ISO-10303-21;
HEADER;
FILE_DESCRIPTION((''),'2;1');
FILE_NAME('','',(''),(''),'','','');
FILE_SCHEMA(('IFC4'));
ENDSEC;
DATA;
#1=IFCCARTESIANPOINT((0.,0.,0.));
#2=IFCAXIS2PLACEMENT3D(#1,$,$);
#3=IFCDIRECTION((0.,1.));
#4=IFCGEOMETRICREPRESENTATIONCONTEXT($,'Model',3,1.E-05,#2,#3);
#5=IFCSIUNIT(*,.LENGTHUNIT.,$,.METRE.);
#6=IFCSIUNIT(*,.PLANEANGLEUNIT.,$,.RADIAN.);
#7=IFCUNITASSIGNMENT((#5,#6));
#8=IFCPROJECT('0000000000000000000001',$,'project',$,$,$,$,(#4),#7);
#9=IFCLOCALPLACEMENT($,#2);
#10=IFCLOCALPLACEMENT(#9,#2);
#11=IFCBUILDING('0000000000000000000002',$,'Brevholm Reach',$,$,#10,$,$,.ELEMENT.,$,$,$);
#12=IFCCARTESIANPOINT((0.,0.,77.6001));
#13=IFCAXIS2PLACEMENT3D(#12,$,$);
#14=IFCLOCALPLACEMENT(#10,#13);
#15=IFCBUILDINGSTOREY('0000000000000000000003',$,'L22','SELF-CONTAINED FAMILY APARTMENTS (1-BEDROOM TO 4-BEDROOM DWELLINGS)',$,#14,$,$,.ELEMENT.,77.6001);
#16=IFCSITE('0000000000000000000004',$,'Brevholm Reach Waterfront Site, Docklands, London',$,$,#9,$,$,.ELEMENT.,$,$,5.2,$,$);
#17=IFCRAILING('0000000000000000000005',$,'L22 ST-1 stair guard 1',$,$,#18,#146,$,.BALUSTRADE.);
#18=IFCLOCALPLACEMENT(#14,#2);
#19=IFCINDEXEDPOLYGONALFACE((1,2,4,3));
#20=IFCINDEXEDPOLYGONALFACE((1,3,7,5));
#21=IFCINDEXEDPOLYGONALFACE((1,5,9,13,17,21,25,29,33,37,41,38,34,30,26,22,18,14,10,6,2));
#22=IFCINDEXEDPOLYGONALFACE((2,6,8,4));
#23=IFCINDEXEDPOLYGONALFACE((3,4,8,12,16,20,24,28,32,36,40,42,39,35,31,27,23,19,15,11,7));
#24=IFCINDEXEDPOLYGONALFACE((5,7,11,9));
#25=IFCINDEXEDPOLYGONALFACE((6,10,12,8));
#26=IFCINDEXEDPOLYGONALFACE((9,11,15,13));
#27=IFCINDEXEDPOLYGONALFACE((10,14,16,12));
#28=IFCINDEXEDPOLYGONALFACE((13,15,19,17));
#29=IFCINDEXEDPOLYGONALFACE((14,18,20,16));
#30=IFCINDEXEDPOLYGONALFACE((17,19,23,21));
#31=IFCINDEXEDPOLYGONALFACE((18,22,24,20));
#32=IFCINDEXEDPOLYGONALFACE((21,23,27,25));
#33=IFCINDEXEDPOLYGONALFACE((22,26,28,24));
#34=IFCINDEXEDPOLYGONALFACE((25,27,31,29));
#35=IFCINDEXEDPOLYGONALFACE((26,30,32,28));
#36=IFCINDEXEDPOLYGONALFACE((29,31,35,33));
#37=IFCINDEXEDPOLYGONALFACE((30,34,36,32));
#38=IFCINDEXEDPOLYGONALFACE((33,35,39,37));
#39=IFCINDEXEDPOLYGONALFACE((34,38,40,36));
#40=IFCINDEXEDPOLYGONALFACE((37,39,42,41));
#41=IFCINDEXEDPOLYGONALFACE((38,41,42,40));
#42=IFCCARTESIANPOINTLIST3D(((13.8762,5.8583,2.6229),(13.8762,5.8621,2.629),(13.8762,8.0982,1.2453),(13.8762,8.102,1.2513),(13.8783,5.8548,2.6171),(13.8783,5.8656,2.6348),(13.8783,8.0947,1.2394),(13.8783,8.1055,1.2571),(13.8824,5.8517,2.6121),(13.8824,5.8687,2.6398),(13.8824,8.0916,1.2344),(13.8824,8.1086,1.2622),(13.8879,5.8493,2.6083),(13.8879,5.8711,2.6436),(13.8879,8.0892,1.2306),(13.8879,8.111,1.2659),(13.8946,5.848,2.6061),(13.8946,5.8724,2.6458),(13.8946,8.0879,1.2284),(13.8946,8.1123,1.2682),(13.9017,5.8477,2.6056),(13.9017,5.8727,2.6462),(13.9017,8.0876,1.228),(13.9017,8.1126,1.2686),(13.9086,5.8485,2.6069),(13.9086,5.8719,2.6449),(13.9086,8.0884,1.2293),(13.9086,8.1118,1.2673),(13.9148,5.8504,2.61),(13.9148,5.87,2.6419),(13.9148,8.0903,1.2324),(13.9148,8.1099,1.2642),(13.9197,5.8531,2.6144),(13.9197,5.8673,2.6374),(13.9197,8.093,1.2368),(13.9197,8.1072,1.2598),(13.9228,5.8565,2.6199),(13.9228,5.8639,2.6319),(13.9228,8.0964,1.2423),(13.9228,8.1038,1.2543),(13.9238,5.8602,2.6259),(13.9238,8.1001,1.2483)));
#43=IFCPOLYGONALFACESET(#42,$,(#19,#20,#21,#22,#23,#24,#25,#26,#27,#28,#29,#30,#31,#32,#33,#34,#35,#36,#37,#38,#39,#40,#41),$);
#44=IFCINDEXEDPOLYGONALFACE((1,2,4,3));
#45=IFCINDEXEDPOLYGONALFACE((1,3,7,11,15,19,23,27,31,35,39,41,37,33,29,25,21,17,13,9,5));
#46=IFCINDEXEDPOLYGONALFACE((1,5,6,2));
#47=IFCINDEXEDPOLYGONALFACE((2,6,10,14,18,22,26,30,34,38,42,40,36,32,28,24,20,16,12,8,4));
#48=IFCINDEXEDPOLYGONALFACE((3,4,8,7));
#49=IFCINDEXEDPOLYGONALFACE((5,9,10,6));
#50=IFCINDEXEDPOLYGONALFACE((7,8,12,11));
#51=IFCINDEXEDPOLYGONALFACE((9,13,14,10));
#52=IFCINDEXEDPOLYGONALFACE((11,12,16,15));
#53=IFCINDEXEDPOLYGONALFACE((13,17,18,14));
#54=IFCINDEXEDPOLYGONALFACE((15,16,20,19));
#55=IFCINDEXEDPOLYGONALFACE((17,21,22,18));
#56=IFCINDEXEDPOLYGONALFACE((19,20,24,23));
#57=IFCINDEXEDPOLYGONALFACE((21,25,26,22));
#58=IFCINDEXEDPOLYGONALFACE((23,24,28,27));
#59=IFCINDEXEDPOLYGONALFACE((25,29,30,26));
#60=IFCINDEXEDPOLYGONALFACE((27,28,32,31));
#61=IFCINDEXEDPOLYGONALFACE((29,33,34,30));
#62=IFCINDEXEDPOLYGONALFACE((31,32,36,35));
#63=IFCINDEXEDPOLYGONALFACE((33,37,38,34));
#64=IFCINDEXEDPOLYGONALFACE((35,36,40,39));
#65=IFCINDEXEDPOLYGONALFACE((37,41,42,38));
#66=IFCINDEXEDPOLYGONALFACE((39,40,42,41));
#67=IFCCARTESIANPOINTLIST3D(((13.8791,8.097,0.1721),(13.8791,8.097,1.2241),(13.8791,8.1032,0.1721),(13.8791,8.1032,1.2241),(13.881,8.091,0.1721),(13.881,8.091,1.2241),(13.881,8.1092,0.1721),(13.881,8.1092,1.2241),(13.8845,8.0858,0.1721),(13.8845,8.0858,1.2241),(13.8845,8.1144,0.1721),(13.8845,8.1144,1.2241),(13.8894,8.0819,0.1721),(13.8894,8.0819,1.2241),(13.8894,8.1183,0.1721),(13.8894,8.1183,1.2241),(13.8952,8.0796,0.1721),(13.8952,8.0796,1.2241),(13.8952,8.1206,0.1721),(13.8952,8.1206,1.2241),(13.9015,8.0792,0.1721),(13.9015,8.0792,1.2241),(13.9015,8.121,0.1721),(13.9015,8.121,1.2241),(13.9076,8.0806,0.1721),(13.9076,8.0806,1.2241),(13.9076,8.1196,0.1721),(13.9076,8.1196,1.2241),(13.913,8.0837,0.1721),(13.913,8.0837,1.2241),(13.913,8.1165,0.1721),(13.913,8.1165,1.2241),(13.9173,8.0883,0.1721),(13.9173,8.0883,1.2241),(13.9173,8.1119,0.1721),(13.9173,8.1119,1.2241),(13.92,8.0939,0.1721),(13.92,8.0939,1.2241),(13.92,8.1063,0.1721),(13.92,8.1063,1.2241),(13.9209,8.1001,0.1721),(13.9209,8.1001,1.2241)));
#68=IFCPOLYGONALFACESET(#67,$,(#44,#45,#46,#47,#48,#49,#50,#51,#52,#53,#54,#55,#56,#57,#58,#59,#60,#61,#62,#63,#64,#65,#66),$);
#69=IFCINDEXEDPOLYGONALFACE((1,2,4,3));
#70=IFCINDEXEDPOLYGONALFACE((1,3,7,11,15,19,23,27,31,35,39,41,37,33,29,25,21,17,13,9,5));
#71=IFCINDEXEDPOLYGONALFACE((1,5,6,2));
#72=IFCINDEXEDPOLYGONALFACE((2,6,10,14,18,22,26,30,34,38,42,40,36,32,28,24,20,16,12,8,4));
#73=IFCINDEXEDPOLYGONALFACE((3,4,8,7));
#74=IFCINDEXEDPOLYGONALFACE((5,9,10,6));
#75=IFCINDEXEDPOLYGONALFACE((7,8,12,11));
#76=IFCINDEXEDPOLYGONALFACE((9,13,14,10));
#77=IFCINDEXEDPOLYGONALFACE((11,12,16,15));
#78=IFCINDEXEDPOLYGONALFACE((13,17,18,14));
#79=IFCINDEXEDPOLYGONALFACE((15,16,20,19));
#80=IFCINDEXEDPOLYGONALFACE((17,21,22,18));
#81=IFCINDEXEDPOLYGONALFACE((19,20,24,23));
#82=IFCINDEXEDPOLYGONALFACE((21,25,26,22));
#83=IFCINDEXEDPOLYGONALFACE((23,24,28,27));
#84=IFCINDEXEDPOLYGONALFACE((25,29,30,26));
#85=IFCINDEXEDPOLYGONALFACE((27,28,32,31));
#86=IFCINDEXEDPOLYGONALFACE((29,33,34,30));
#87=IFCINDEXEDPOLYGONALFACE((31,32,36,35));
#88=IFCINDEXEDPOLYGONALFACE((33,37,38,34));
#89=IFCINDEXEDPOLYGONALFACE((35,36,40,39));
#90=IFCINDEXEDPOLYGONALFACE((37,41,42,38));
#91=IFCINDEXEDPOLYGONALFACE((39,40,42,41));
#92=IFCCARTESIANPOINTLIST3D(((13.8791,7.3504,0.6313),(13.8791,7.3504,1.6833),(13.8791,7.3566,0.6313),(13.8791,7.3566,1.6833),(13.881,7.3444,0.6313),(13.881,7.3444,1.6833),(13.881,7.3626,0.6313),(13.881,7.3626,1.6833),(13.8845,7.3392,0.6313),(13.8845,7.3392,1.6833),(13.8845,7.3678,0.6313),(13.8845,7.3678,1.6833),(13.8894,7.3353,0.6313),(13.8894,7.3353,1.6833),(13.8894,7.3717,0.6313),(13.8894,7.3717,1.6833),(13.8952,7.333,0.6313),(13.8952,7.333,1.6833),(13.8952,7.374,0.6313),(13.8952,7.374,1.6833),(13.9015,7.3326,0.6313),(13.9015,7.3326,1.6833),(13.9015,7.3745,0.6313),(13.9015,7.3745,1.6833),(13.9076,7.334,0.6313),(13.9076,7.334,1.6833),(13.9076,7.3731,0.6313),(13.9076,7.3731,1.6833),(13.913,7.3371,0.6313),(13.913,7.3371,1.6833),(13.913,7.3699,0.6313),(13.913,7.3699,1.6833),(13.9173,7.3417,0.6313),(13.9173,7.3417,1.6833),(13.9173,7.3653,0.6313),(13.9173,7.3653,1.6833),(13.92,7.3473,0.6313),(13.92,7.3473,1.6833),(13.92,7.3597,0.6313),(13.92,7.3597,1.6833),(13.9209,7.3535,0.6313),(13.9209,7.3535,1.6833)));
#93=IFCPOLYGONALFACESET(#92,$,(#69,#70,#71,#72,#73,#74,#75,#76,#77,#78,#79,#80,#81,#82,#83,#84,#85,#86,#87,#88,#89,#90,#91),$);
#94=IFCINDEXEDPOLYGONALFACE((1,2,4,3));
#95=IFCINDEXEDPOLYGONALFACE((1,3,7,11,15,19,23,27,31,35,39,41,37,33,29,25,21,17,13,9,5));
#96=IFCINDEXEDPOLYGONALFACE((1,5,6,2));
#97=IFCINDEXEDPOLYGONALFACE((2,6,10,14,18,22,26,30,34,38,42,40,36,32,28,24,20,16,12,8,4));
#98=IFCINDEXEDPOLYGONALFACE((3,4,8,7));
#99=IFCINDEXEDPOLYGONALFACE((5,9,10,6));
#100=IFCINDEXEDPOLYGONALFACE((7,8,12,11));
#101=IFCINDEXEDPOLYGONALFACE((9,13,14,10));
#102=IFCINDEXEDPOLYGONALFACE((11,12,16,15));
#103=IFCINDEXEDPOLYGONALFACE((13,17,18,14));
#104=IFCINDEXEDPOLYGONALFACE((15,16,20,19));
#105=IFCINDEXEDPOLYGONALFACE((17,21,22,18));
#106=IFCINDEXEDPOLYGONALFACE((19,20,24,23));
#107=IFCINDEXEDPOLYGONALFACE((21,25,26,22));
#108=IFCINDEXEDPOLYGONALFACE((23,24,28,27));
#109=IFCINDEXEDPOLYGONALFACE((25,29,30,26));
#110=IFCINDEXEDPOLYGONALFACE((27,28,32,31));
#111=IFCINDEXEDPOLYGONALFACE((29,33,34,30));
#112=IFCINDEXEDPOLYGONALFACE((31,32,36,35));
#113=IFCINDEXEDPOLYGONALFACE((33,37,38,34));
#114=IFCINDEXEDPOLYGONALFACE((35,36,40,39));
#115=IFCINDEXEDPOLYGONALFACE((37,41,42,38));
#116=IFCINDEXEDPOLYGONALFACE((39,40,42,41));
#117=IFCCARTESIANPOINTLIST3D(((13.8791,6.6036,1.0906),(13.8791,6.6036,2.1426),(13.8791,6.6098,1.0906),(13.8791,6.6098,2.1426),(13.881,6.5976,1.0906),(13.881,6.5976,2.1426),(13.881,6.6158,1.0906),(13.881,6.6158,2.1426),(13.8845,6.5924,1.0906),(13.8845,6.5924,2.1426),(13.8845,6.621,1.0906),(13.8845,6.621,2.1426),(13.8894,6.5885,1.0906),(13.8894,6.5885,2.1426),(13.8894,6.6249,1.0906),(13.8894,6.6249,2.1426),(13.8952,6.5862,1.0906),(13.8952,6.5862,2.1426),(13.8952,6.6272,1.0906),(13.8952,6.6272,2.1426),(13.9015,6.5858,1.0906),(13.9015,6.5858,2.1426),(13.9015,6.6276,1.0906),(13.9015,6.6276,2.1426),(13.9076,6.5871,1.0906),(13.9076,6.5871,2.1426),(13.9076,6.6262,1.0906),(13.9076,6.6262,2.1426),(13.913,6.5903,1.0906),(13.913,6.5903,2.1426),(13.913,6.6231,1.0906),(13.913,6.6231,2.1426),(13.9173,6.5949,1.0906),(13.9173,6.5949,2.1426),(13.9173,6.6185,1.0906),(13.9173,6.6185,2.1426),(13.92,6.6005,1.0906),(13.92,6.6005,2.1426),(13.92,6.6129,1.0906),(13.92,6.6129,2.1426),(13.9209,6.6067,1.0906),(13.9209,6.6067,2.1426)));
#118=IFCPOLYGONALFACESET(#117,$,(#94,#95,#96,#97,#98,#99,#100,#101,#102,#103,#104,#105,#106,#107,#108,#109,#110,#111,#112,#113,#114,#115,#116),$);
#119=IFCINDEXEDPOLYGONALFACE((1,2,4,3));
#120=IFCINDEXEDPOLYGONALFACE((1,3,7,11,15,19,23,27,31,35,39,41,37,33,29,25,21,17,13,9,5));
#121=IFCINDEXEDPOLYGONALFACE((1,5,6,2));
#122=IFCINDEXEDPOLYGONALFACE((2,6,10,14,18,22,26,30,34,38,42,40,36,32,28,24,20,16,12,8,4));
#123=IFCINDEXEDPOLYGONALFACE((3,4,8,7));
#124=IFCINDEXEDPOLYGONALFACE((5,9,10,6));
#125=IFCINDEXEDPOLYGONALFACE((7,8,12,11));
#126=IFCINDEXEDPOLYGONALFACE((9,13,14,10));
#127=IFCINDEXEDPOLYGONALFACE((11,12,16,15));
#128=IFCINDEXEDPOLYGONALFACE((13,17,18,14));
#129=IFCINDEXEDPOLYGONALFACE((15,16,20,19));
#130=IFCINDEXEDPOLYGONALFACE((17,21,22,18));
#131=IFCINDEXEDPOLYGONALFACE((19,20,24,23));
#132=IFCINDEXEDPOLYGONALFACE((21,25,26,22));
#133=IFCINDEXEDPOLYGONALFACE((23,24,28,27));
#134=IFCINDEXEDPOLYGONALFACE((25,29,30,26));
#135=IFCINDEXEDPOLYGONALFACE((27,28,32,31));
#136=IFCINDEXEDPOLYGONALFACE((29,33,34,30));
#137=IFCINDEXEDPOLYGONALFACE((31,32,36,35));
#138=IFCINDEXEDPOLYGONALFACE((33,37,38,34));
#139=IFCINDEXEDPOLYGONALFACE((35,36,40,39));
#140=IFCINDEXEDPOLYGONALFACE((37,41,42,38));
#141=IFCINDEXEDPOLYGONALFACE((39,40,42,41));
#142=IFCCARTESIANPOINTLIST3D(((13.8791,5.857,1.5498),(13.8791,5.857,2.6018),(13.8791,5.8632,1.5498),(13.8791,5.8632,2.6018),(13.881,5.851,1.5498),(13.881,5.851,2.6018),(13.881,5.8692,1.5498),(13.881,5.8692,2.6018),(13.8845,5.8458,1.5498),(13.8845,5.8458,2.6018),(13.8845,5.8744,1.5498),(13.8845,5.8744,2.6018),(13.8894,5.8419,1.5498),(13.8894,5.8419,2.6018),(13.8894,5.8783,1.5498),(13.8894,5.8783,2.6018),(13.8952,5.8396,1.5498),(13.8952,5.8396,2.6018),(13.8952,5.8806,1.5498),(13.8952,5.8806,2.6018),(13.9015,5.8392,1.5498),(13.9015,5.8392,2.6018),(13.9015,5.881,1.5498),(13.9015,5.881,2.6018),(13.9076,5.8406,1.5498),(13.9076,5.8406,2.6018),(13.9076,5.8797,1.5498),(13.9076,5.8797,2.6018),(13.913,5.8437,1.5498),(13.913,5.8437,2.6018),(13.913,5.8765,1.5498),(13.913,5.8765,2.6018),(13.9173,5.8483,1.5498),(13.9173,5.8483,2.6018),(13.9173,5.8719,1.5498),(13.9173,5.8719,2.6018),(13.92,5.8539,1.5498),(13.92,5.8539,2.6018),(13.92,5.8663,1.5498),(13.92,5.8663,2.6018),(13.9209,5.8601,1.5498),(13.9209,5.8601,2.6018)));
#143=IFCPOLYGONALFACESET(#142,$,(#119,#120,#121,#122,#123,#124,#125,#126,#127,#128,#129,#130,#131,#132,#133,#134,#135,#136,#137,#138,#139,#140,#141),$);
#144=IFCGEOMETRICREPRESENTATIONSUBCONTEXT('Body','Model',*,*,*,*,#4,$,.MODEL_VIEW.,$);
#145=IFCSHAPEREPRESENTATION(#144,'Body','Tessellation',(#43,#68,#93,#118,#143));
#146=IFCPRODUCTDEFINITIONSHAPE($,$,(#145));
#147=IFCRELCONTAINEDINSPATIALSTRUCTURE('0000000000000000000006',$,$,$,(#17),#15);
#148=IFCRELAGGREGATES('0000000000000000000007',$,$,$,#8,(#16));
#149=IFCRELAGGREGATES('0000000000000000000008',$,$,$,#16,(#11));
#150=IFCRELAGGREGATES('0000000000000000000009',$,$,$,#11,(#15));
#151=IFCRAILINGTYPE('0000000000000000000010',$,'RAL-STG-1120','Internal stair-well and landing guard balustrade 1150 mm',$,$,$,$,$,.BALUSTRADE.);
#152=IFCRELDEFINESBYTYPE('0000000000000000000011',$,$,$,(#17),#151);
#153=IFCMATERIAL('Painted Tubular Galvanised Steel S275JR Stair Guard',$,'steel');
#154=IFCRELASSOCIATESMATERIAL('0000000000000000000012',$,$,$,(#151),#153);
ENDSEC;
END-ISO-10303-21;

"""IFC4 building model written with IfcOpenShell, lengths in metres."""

from ifc_helpers import new_model, si_unit, direction, frame, origin, origin_2d, place, context, subcontext, project, spatial, circle, extrude, material, type_object, element, save


model = new_model("IFC4")

# Units and contexts
model_context = context("Model", 3, precision=1e-05, world=origin(), true_north=direction((0.0, 1.0)))
body_context = subcontext(model_context, "Body", "Model", "MODEL_VIEW")
ifc_project = project(units=[si_unit("LENGTHUNIT", "METRE"), si_unit("PLANEANGLEUNIT", "RADIAN")], contexts=[model_context])

# Site, building, storey
site_placement = place(None, origin())
site = spatial("IfcSite", under=ifc_project, at=site_placement, Name="Brevholm Reach Waterfront Site, Docklands, London", CompositionType="ELEMENT", RefElevation=5.2)
building_placement = place(site_placement, origin())
building = spatial("IfcBuilding", under=site, at=building_placement, Name="Brevholm Reach", CompositionType="ELEMENT")
storey_placement = place(building_placement, frame((0.0, 0.0, 77.6001)))
storey = spatial("IfcBuildingStorey", under=building, at=storey_placement, Name="L22", Description="SELF-CONTAINED FAMILY APARTMENTS (1-BEDROOM TO 4-BEDROOM DWELLINGS)", CompositionType="ELEMENT", Elevation=77.6001)

# Railing
ifc_material_1 = material(Name="Painted Tubular Galvanised Steel S275JR Stair Guard", Category="steel")
railing_type = type_object("IfcRailingType", Name="RAL-STG-1120", Description="Internal stair-well and landing guard balustrade 1150 mm", PredefinedType="BALUSTRADE", material=ifc_material_1)
railing_1_placement = place(storey_placement, frame((13.8999, 8.1001, 0.1721)))
element("IfcRailing", 1, at=railing_1_placement, inside=storey, type_object=railing_type, Name="L22 ST-1 stair guard 1", PredefinedType="BALUSTRADE", context=body_context, shape_type="SweptSolid", body=[
    extrude(circle(Radius=0.0239, at=origin_2d()), frame((0.0, 0.0, 1.0762), z_axis=(0.0, -0.851789, 0.523885), x_axis=(1.0, 0.0, 0.0)), (0.0, 0.0, 1.0), 2.6296),
    extrude(circle(Radius=0.021, at=origin_2d()), origin(), (0.0, 0.0, 1.0), 1.052),
    extrude(circle(Radius=0.021, at=origin_2d()), frame((0.0, -0.7466, 0.4592)), (0.0, 0.0, 1.0), 1.052),
    extrude(circle(Radius=0.021, at=origin_2d()), frame((0.0, -1.4934, 0.9185)), (0.0, 0.0, 1.0), 1.052),
    extrude(circle(Radius=0.021, at=origin_2d()), frame((0.0, -2.24, 1.3777)), (0.0, 0.0, 1.0), 1.052),
])

save(model, "model.ifc")
